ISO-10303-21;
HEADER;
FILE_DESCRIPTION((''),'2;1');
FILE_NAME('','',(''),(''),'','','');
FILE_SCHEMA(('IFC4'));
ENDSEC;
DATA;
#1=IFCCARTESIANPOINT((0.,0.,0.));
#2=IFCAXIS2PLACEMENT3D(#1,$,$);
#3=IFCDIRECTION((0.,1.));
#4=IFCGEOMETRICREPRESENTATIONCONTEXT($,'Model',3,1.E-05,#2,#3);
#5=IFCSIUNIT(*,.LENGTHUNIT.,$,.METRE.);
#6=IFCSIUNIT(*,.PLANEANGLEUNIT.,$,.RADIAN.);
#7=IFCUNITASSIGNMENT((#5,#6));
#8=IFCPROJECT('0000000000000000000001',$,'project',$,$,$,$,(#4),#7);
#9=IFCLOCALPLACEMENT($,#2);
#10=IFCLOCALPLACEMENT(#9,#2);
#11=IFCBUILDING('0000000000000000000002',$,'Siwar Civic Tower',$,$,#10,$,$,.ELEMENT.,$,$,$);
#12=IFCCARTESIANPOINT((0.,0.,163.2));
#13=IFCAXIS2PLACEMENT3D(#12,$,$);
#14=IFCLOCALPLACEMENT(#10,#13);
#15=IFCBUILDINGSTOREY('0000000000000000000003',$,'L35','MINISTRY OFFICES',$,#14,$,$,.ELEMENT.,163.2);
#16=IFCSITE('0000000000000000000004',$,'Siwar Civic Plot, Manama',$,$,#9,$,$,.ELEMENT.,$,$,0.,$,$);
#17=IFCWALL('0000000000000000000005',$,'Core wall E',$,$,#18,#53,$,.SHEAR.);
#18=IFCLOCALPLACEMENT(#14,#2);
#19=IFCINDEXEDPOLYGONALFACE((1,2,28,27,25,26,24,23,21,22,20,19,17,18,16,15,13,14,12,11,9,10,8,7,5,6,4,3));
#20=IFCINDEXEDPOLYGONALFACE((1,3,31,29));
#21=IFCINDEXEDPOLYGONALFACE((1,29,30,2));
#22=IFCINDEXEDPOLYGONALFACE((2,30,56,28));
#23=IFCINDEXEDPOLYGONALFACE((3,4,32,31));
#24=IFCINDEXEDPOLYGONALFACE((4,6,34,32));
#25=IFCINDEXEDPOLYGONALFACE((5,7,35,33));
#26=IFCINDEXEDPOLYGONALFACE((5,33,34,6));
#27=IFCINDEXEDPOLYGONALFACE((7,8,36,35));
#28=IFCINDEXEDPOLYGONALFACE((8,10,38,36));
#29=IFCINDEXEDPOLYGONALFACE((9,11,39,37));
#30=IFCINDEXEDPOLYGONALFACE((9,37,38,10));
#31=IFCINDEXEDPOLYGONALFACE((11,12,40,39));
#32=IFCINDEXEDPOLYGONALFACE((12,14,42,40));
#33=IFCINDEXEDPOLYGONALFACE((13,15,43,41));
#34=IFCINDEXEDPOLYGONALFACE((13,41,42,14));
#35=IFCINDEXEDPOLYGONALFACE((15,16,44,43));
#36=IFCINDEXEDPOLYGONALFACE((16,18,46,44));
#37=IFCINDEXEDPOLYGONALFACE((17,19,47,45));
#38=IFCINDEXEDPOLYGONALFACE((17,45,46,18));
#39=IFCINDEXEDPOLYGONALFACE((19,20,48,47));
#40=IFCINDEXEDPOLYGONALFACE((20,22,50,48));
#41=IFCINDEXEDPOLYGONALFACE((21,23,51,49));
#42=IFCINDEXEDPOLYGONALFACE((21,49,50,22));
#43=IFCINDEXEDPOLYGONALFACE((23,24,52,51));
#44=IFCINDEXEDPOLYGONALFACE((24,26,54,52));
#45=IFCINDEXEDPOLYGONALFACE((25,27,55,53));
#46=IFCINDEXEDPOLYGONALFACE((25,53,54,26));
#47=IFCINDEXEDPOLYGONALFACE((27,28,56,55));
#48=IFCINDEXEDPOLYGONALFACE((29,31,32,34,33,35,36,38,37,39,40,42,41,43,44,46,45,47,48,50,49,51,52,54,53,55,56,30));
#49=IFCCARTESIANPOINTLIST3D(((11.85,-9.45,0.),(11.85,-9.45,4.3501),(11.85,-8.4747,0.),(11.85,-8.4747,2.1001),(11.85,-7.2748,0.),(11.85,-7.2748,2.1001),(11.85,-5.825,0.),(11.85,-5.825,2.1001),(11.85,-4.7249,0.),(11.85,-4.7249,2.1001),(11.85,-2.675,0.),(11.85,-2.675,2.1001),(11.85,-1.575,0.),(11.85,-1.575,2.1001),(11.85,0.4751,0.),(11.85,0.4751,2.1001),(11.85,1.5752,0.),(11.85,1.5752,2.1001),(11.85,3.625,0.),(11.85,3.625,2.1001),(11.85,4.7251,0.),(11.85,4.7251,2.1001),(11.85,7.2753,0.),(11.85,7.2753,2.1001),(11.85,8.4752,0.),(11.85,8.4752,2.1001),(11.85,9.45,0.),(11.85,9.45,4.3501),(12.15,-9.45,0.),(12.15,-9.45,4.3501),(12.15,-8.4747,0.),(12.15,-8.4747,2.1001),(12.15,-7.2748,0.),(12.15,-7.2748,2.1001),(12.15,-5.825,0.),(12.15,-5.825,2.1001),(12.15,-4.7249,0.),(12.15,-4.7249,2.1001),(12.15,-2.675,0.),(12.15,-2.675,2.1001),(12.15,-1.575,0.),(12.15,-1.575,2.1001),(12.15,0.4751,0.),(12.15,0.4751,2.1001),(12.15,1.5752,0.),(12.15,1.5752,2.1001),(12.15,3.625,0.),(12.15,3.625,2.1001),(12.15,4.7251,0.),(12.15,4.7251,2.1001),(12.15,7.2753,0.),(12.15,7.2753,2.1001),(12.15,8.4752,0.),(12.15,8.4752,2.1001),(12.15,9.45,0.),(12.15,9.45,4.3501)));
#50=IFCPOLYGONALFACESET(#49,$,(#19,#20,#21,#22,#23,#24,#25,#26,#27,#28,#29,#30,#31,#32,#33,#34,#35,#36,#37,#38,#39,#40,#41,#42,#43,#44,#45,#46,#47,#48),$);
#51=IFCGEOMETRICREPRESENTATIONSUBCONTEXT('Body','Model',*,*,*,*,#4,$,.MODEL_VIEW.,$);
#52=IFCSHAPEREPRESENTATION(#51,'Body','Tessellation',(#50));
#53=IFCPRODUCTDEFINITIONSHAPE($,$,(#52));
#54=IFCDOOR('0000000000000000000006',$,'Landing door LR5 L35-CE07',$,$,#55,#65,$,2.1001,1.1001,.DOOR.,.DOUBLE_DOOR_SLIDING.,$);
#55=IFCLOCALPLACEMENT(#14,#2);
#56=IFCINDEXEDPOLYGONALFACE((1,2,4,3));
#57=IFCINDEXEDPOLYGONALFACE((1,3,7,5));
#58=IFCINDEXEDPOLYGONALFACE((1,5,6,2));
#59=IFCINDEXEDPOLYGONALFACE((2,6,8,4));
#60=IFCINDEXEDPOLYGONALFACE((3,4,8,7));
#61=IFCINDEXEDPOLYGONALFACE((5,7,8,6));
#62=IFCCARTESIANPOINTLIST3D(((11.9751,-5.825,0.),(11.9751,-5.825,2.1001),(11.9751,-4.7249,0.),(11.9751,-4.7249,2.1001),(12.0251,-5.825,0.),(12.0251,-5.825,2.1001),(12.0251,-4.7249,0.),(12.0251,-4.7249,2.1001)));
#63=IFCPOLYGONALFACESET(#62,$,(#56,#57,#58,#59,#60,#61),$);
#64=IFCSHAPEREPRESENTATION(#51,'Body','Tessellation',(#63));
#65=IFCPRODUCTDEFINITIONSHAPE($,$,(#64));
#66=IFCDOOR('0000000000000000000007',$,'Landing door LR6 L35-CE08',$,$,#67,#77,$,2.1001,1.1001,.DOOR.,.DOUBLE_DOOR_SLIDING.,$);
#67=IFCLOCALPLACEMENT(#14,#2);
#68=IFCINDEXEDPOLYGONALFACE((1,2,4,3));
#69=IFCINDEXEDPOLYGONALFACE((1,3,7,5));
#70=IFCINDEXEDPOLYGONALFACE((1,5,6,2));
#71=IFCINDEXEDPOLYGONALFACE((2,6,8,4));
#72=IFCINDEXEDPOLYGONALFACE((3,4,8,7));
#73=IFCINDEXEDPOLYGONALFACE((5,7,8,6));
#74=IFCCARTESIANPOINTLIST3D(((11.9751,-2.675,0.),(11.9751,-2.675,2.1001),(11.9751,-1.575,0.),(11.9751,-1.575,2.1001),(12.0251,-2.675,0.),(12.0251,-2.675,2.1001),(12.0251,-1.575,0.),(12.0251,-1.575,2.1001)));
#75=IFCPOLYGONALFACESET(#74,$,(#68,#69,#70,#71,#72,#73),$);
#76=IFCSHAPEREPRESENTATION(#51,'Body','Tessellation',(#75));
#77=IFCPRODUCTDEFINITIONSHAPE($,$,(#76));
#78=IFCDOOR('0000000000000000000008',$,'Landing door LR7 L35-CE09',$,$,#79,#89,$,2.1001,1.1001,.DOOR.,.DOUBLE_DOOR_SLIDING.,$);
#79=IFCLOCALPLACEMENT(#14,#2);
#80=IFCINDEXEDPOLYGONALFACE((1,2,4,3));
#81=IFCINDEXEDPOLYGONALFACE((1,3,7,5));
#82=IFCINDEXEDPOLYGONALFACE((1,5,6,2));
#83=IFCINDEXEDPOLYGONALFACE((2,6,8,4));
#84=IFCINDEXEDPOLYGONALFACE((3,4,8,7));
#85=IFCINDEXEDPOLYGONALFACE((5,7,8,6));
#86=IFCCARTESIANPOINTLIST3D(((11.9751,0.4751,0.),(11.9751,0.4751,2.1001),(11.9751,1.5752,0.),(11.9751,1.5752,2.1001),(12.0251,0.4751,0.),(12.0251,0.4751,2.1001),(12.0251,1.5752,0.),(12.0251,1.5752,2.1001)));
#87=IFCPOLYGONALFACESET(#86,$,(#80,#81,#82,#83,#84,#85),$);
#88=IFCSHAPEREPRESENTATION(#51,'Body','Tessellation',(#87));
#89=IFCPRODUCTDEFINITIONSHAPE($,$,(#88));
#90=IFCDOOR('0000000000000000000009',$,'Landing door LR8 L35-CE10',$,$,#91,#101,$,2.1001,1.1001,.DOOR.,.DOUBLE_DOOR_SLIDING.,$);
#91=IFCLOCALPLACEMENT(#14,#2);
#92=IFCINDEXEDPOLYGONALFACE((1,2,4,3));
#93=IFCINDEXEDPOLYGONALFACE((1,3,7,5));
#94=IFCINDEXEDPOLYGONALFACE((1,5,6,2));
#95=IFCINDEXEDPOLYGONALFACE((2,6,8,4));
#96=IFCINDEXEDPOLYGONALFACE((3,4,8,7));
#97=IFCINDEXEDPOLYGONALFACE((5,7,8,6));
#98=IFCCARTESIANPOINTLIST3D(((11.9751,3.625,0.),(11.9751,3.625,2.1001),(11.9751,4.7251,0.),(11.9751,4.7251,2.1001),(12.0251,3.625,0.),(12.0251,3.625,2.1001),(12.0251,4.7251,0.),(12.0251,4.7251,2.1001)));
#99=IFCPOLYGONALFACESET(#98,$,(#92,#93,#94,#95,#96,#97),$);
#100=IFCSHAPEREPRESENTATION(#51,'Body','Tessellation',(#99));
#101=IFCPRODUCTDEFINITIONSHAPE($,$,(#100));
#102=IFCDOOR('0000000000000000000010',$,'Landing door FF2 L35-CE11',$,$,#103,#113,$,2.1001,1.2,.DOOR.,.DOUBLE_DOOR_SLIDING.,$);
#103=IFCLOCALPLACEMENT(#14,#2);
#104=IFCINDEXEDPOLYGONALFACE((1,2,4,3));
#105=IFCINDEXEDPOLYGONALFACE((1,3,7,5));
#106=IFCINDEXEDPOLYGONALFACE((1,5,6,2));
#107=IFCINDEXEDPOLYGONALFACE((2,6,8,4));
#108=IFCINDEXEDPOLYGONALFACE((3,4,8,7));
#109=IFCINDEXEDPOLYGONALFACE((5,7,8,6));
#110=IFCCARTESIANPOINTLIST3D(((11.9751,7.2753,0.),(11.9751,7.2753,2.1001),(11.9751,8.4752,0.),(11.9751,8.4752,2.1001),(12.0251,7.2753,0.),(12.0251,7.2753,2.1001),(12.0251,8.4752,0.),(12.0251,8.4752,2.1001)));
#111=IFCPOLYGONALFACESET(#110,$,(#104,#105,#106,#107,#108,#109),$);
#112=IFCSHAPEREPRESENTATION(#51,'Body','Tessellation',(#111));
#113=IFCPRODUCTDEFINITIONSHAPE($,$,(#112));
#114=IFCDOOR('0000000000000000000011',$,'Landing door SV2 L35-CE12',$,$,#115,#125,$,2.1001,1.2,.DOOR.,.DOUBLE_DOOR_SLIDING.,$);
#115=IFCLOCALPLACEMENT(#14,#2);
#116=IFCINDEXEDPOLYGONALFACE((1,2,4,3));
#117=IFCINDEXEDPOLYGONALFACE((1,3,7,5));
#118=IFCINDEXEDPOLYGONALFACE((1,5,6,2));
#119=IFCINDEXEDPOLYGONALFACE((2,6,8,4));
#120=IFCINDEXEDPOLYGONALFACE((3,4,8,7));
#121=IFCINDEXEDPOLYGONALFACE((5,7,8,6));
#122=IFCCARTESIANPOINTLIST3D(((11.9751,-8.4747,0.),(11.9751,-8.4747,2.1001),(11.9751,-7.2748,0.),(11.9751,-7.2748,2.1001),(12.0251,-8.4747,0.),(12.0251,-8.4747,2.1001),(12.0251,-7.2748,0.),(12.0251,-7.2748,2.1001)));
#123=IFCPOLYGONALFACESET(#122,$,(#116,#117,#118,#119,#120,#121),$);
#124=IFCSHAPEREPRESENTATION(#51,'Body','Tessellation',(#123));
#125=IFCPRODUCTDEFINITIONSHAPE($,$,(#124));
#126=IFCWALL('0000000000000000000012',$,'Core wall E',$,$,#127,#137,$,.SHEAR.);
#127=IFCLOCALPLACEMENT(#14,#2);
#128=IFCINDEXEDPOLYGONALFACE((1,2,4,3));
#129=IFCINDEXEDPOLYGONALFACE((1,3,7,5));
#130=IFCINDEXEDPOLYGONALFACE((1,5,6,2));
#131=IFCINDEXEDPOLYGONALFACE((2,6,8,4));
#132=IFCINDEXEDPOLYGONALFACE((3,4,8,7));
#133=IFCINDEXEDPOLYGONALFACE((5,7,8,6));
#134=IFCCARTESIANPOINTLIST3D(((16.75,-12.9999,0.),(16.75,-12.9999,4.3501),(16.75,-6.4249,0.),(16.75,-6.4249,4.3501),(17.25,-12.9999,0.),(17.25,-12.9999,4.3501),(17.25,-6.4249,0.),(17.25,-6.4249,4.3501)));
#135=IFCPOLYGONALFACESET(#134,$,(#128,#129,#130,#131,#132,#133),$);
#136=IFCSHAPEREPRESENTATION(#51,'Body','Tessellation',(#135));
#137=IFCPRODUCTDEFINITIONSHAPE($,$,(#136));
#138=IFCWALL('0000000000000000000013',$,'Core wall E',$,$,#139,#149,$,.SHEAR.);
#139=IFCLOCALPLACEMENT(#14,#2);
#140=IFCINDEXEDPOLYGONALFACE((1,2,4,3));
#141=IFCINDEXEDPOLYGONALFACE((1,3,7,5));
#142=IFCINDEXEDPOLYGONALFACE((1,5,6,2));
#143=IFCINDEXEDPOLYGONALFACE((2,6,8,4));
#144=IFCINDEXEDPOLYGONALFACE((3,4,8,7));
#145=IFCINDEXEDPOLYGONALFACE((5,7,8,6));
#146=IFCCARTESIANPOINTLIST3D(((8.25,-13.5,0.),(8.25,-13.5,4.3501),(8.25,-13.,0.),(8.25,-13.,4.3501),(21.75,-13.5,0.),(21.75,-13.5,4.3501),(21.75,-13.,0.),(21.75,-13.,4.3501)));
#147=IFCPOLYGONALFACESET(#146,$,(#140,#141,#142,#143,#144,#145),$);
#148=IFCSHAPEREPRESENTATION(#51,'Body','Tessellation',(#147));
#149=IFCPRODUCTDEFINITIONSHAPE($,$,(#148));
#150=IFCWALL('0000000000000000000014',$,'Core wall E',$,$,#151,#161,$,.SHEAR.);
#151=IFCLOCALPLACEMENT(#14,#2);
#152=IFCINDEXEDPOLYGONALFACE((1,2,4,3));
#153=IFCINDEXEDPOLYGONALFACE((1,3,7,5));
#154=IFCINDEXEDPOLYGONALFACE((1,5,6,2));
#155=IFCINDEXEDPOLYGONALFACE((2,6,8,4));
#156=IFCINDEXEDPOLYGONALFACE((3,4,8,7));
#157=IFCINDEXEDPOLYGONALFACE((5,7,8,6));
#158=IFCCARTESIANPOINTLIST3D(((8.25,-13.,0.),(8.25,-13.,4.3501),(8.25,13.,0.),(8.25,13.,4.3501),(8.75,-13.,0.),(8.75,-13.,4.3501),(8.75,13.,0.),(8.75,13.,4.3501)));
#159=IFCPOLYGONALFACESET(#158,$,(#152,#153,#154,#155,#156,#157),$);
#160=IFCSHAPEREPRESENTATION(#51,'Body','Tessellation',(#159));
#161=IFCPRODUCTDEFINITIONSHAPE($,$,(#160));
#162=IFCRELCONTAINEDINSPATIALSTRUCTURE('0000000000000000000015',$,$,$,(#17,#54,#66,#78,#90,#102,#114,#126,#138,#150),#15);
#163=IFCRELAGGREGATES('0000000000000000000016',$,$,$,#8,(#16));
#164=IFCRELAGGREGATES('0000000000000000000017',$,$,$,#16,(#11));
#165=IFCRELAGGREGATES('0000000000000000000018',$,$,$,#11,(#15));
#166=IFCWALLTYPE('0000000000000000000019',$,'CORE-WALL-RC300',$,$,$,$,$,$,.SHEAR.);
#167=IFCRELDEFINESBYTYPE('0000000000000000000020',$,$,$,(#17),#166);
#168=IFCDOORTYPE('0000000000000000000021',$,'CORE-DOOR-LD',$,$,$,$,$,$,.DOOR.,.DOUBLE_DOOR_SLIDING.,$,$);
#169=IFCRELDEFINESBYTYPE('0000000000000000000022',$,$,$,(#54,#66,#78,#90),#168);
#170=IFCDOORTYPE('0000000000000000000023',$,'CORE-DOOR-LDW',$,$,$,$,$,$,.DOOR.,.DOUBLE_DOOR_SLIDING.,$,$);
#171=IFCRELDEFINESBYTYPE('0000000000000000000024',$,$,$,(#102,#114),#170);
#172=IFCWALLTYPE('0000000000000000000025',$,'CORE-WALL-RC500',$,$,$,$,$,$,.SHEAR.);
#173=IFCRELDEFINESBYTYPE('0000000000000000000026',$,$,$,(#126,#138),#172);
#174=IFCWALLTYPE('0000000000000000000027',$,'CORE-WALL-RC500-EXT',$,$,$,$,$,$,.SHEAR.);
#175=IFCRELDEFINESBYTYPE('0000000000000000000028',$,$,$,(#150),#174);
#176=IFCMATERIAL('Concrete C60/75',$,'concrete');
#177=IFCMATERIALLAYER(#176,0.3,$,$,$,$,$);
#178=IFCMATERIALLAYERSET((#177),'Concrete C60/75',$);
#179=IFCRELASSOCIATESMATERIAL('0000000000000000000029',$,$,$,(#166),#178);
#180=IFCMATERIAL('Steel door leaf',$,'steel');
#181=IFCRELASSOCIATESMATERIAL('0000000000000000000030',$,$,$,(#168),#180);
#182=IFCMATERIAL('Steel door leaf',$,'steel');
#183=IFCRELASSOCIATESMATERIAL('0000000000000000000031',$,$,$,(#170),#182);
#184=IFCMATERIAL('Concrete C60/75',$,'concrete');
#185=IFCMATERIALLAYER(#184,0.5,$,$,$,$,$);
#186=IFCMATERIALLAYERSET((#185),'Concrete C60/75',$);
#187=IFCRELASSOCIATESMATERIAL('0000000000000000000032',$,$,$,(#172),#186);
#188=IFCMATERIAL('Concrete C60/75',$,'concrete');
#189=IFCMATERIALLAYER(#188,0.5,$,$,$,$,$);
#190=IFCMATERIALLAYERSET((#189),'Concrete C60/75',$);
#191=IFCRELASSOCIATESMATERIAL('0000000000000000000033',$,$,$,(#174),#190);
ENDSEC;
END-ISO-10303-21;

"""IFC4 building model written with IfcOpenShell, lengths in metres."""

from ifc_helpers import new_model, si_unit, direction, frame, frame_2d, origin, place, context, subcontext, project, spatial, rectangle, extrude, material, layer, layer_set, type_object, element, fill, save


model = new_model("IFC4")

# Units and contexts
model_context = context("Model", 3, precision=1e-05, world=origin(), true_north=direction((0.0, 1.0)))
body_context = subcontext(model_context, "Body", "Model", "MODEL_VIEW")
ifc_project = project(units=[si_unit("LENGTHUNIT", "METRE"), si_unit("PLANEANGLEUNIT", "RADIAN")], contexts=[model_context])

# Site, building, storey
site_placement = place(None, origin())
site = spatial("IfcSite", under=ifc_project, at=site_placement, Name="Siwar Civic Plot, Manama", CompositionType="ELEMENT", RefElevation=0.0)
building_placement = place(site_placement, origin())
building = spatial("IfcBuilding", under=site, at=building_placement, Name="Siwar Civic Tower", CompositionType="ELEMENT")
storey_placement = place(building_placement, frame((0.0, 0.0, 163.2)))
storey = spatial("IfcBuildingStorey", under=building, at=storey_placement, Name="L35", Description="MINISTRY OFFICES", CompositionType="ELEMENT", Elevation=163.2)

# Wall, openings, doors
ifc_material_1 = material(Name="Concrete C60/75", Category="concrete")
ifc_layer_1 = layer(ifc_material_1, 0.3)
ifc_layer_set_1 = layer_set([ifc_layer_1], Name="Concrete C60/75")
wall_type_1 = type_object("IfcWallType", Name="CORE-WALL-RC300", PredefinedType="SHEAR", material=ifc_layer_set_1)
wall_1_placement = place(storey_placement, frame((12.0, -9.45, 0.0), z_axis=(0.0, 0.0, 1.0), x_axis=(0.0, 1.0, 0.0)))
wall_1 = element("IfcWall", 1, at=wall_1_placement, inside=storey, type_object=wall_type_1, Name="Core wall E", PredefinedType="SHEAR", context=body_context, shape_type="SweptSolid", body=[
    extrude(rectangle(XDim=18.8999, YDim=0.3, at=frame_2d((9.45, 0.0))), origin(), (0.0, 0.0, 1.0), 4.3501),
])
opening_1_placement = place(wall_1_placement, frame((3.625, 0.0, 0.0)))
opening_1 = element("IfcOpeningElement", 2, at=opening_1_placement, cuts=wall_1, PredefinedType="OPENING", context=body_context, shape_type="SweptSolid", body=[
    extrude(rectangle(XDim=1.1001, YDim=2.1001, at=frame_2d((0.55, 1.05))), frame((0.0, 0.1602, 0.0), z_axis=(0.0, -1.0, 0.0), x_axis=(1.0, 0.0, 0.0)), (0.0, 0.0, 1.0), 0.3201),
])
opening_2_placement = place(wall_1_placement, frame((6.7749, 0.0, 0.0)))
opening_2 = element("IfcOpeningElement", 3, at=opening_2_placement, cuts=wall_1, PredefinedType="OPENING", context=body_context, shape_type="SweptSolid", body=[
    extrude(rectangle(XDim=1.1001, YDim=2.1001, at=frame_2d((0.55, 1.05))), frame((0.0, 0.1602, 0.0), z_axis=(0.0, -1.0, 0.0), x_axis=(1.0, 0.0, 0.0)), (0.0, 0.0, 1.0), 0.3201),
])
opening_3_placement = place(wall_1_placement, frame((9.925, 0.0, 0.0)))
opening_3 = element("IfcOpeningElement", 4, at=opening_3_placement, cuts=wall_1, PredefinedType="OPENING", context=body_context, shape_type="SweptSolid", body=[
    extrude(rectangle(XDim=1.1001, YDim=2.1001, at=frame_2d((0.55, 1.05))), frame((0.0, 0.1602, 0.0), z_axis=(0.0, -1.0, 0.0), x_axis=(1.0, 0.0, 0.0)), (0.0, 0.0, 1.0), 0.3201),
])
opening_4_placement = place(wall_1_placement, frame((13.075, 0.0, 0.0)))
opening_4 = element("IfcOpeningElement", 5, at=opening_4_placement, cuts=wall_1, PredefinedType="OPENING", context=body_context, shape_type="SweptSolid", body=[
    extrude(rectangle(XDim=1.1001, YDim=2.1001, at=frame_2d((0.55, 1.05))), frame((0.0, 0.1602, 0.0), z_axis=(0.0, -1.0, 0.0), x_axis=(1.0, 0.0, 0.0)), (0.0, 0.0, 1.0), 0.3201),
])
opening_5_placement = place(wall_1_placement, frame((16.7251, 0.0, 0.0)))
opening_5 = element("IfcOpeningElement", 6, at=opening_5_placement, cuts=wall_1, PredefinedType="OPENING", context=body_context, shape_type="SweptSolid", body=[
    extrude(rectangle(XDim=1.2, YDim=2.1001, at=frame_2d((0.6001, 1.05))), frame((0.0, 0.1602, 0.0), z_axis=(0.0, -1.0, 0.0), x_axis=(1.0, 0.0, 0.0)), (0.0, 0.0, 1.0), 0.3201),
])
opening_6_placement = place(wall_1_placement, frame((0.9751, 0.0, 0.0)))
opening_6 = element("IfcOpeningElement", 7, at=opening_6_placement, cuts=wall_1, PredefinedType="OPENING", context=body_context, shape_type="SweptSolid", body=[
    extrude(rectangle(XDim=1.2, YDim=2.1001, at=frame_2d((0.6001, 1.05))), frame((0.0, 0.1602, 0.0), z_axis=(0.0, -1.0, 0.0), x_axis=(1.0, 0.0, 0.0)), (0.0, 0.0, 1.0), 0.3201),
])
ifc_material_2 = material(Name="Steel door leaf", Category="steel")
door_type_1 = type_object("IfcDoorType", Name="CORE-DOOR-LD", OperationType="DOUBLE_DOOR_SLIDING", PredefinedType="DOOR", material=ifc_material_2)
door_1_placement = place(opening_1_placement, origin())
door_1 = element("IfcDoor", 8, at=door_1_placement, inside=storey, type_object=door_type_1, Name="Landing door LR5 L35-CE07", OperationType="DOUBLE_DOOR_SLIDING", OverallHeight=2.1001, OverallWidth=1.1001, PredefinedType="DOOR", context=body_context, shape_type="SweptSolid", body=[
    extrude(rectangle(XDim=1.1001, YDim=2.1001, at=frame_2d((0.55, 1.05))), frame((0.0, 0.0249, 0.0), z_axis=(0.0, -1.0, 0.0), x_axis=(1.0, 0.0, 0.0)), (0.0, 0.0, 1.0), 0.05),
])
fill(opening_1, door_1)
door_2_placement = place(opening_2_placement, origin())
door_2 = element("IfcDoor", 9, at=door_2_placement, inside=storey, type_object=door_type_1, Name="Landing door LR6 L35-CE08", OperationType="DOUBLE_DOOR_SLIDING", OverallHeight=2.1001, OverallWidth=1.1001, PredefinedType="DOOR", context=body_context, shape_type="SweptSolid", body=[
    extrude(rectangle(XDim=1.1001, YDim=2.1001, at=frame_2d((0.55, 1.05))), frame((0.0, 0.0249, 0.0), z_axis=(0.0, -1.0, 0.0), x_axis=(1.0, 0.0, 0.0)), (0.0, 0.0, 1.0), 0.05),
])
fill(opening_2, door_2)
door_3_placement = place(opening_3_placement, origin())
door_3 = element("IfcDoor", 10, at=door_3_placement, inside=storey, type_object=door_type_1, Name="Landing door LR7 L35-CE09", OperationType="DOUBLE_DOOR_SLIDING", OverallHeight=2.1001, OverallWidth=1.1001, PredefinedType="DOOR", context=body_context, shape_type="SweptSolid", body=[
    extrude(rectangle(XDim=1.1001, YDim=2.1001, at=frame_2d((0.55, 1.05))), frame((0.0, 0.0249, 0.0), z_axis=(0.0, -1.0, 0.0), x_axis=(1.0, 0.0, 0.0)), (0.0, 0.0, 1.0), 0.05),
])
fill(opening_3, door_3)
door_4_placement = place(opening_4_placement, origin())
door_4 = element("IfcDoor", 11, at=door_4_placement, inside=storey, type_object=door_type_1, Name="Landing door LR8 L35-CE10", OperationType="DOUBLE_DOOR_SLIDING", OverallHeight=2.1001, OverallWidth=1.1001, PredefinedType="DOOR", context=body_context, shape_type="SweptSolid", body=[
    extrude(rectangle(XDim=1.1001, YDim=2.1001, at=frame_2d((0.55, 1.05))), frame((0.0, 0.0249, 0.0), z_axis=(0.0, -1.0, 0.0), x_axis=(1.0, 0.0, 0.0)), (0.0, 0.0, 1.0), 0.05),
])
fill(opening_4, door_4)
ifc_material_3 = material(Name="Steel door leaf", Category="steel")
door_type_2 = type_object("IfcDoorType", Name="CORE-DOOR-LDW", OperationType="DOUBLE_DOOR_SLIDING", PredefinedType="DOOR", material=ifc_material_3)
door_5_placement = place(opening_5_placement, origin())
door_5 = element("IfcDoor", 12, at=door_5_placement, inside=storey, type_object=door_type_2, Name="Landing door FF2 L35-CE11", OperationType="DOUBLE_DOOR_SLIDING", OverallHeight=2.1001, OverallWidth=1.2, PredefinedType="DOOR", context=body_context, shape_type="SweptSolid", body=[
    extrude(rectangle(XDim=1.2, YDim=2.1001, at=frame_2d((0.6001, 1.05))), frame((0.0, 0.0249, 0.0), z_axis=(0.0, -1.0, 0.0), x_axis=(1.0, 0.0, 0.0)), (0.0, 0.0, 1.0), 0.05),
])
fill(opening_5, door_5)
door_6_placement = place(opening_6_placement, origin())
door_6 = element("IfcDoor", 13, at=door_6_placement, inside=storey, type_object=door_type_2, Name="Landing door SV2 L35-CE12", OperationType="DOUBLE_DOOR_SLIDING", OverallHeight=2.1001, OverallWidth=1.2, PredefinedType="DOOR", context=body_context, shape_type="SweptSolid", body=[
    extrude(rectangle(XDim=1.2, YDim=2.1001, at=frame_2d((0.6001, 1.05))), frame((0.0, 0.0249, 0.0), z_axis=(0.0, -1.0, 0.0), x_axis=(1.0, 0.0, 0.0)), (0.0, 0.0, 1.0), 0.05),
])
fill(opening_6, door_6)

# Walls
ifc_material_4 = material(Name="Concrete C60/75", Category="concrete")
ifc_layer_2 = layer(ifc_material_4, 0.5)
ifc_layer_set_2 = layer_set([ifc_layer_2], Name="Concrete C60/75")
wall_type_2 = type_object("IfcWallType", Name="CORE-WALL-RC500", PredefinedType="SHEAR", material=ifc_layer_set_2)
wall_2_placement = place(storey_placement, frame((17.0, -13.0, 0.0), z_axis=(0.0, 0.0, 1.0), x_axis=(0.0, 1.0, 0.0)))
element("IfcWall", 14, at=wall_2_placement, inside=storey, type_object=wall_type_2, Name="Core wall E", PredefinedType="SHEAR", context=body_context, shape_type="SweptSolid", body=[
    extrude(rectangle(XDim=6.575, YDim=0.5, at=frame_2d((3.2876, 0.0))), origin(), (0.0, 0.0, 1.0), 4.3501),
])
wall_3_placement = place(storey_placement, frame((8.25, -13.25, 0.0), z_axis=(0.0, 0.0, 1.0), x_axis=(1.0, 0.0, 0.0)))
element("IfcWall", 15, at=wall_3_placement, inside=storey, type_object=wall_type_2, Name="Core wall E", PredefinedType="SHEAR", context=body_context, shape_type="SweptSolid", body=[
    extrude(rectangle(XDim=13.5, YDim=0.5, at=frame_2d((6.75, 0.0))), origin(), (0.0, 0.0, 1.0), 4.3501),
])
ifc_material_5 = material(Name="Concrete C60/75", Category="concrete")
ifc_layer_3 = layer(ifc_material_5, 0.5)
ifc_layer_set_3 = layer_set([ifc_layer_3], Name="Concrete C60/75")
wall_type_3 = type_object("IfcWallType", Name="CORE-WALL-RC500-EXT", PredefinedType="SHEAR", material=ifc_layer_set_3)
wall_4_placement = place(storey_placement, frame((8.5, -13.0, 0.0), z_axis=(0.0, 0.0, 1.0), x_axis=(0.0, 1.0, 0.0)))
element("IfcWall", 16, at=wall_4_placement, inside=storey, type_object=wall_type_3, Name="Core wall E", PredefinedType="SHEAR", context=body_context, shape_type="SweptSolid", body=[
    extrude(rectangle(XDim=26.0, YDim=0.5, at=frame_2d((13.0, 0.0))), origin(), (0.0, 0.0, 1.0), 4.3501),
])

save(model, "model.ifc")
